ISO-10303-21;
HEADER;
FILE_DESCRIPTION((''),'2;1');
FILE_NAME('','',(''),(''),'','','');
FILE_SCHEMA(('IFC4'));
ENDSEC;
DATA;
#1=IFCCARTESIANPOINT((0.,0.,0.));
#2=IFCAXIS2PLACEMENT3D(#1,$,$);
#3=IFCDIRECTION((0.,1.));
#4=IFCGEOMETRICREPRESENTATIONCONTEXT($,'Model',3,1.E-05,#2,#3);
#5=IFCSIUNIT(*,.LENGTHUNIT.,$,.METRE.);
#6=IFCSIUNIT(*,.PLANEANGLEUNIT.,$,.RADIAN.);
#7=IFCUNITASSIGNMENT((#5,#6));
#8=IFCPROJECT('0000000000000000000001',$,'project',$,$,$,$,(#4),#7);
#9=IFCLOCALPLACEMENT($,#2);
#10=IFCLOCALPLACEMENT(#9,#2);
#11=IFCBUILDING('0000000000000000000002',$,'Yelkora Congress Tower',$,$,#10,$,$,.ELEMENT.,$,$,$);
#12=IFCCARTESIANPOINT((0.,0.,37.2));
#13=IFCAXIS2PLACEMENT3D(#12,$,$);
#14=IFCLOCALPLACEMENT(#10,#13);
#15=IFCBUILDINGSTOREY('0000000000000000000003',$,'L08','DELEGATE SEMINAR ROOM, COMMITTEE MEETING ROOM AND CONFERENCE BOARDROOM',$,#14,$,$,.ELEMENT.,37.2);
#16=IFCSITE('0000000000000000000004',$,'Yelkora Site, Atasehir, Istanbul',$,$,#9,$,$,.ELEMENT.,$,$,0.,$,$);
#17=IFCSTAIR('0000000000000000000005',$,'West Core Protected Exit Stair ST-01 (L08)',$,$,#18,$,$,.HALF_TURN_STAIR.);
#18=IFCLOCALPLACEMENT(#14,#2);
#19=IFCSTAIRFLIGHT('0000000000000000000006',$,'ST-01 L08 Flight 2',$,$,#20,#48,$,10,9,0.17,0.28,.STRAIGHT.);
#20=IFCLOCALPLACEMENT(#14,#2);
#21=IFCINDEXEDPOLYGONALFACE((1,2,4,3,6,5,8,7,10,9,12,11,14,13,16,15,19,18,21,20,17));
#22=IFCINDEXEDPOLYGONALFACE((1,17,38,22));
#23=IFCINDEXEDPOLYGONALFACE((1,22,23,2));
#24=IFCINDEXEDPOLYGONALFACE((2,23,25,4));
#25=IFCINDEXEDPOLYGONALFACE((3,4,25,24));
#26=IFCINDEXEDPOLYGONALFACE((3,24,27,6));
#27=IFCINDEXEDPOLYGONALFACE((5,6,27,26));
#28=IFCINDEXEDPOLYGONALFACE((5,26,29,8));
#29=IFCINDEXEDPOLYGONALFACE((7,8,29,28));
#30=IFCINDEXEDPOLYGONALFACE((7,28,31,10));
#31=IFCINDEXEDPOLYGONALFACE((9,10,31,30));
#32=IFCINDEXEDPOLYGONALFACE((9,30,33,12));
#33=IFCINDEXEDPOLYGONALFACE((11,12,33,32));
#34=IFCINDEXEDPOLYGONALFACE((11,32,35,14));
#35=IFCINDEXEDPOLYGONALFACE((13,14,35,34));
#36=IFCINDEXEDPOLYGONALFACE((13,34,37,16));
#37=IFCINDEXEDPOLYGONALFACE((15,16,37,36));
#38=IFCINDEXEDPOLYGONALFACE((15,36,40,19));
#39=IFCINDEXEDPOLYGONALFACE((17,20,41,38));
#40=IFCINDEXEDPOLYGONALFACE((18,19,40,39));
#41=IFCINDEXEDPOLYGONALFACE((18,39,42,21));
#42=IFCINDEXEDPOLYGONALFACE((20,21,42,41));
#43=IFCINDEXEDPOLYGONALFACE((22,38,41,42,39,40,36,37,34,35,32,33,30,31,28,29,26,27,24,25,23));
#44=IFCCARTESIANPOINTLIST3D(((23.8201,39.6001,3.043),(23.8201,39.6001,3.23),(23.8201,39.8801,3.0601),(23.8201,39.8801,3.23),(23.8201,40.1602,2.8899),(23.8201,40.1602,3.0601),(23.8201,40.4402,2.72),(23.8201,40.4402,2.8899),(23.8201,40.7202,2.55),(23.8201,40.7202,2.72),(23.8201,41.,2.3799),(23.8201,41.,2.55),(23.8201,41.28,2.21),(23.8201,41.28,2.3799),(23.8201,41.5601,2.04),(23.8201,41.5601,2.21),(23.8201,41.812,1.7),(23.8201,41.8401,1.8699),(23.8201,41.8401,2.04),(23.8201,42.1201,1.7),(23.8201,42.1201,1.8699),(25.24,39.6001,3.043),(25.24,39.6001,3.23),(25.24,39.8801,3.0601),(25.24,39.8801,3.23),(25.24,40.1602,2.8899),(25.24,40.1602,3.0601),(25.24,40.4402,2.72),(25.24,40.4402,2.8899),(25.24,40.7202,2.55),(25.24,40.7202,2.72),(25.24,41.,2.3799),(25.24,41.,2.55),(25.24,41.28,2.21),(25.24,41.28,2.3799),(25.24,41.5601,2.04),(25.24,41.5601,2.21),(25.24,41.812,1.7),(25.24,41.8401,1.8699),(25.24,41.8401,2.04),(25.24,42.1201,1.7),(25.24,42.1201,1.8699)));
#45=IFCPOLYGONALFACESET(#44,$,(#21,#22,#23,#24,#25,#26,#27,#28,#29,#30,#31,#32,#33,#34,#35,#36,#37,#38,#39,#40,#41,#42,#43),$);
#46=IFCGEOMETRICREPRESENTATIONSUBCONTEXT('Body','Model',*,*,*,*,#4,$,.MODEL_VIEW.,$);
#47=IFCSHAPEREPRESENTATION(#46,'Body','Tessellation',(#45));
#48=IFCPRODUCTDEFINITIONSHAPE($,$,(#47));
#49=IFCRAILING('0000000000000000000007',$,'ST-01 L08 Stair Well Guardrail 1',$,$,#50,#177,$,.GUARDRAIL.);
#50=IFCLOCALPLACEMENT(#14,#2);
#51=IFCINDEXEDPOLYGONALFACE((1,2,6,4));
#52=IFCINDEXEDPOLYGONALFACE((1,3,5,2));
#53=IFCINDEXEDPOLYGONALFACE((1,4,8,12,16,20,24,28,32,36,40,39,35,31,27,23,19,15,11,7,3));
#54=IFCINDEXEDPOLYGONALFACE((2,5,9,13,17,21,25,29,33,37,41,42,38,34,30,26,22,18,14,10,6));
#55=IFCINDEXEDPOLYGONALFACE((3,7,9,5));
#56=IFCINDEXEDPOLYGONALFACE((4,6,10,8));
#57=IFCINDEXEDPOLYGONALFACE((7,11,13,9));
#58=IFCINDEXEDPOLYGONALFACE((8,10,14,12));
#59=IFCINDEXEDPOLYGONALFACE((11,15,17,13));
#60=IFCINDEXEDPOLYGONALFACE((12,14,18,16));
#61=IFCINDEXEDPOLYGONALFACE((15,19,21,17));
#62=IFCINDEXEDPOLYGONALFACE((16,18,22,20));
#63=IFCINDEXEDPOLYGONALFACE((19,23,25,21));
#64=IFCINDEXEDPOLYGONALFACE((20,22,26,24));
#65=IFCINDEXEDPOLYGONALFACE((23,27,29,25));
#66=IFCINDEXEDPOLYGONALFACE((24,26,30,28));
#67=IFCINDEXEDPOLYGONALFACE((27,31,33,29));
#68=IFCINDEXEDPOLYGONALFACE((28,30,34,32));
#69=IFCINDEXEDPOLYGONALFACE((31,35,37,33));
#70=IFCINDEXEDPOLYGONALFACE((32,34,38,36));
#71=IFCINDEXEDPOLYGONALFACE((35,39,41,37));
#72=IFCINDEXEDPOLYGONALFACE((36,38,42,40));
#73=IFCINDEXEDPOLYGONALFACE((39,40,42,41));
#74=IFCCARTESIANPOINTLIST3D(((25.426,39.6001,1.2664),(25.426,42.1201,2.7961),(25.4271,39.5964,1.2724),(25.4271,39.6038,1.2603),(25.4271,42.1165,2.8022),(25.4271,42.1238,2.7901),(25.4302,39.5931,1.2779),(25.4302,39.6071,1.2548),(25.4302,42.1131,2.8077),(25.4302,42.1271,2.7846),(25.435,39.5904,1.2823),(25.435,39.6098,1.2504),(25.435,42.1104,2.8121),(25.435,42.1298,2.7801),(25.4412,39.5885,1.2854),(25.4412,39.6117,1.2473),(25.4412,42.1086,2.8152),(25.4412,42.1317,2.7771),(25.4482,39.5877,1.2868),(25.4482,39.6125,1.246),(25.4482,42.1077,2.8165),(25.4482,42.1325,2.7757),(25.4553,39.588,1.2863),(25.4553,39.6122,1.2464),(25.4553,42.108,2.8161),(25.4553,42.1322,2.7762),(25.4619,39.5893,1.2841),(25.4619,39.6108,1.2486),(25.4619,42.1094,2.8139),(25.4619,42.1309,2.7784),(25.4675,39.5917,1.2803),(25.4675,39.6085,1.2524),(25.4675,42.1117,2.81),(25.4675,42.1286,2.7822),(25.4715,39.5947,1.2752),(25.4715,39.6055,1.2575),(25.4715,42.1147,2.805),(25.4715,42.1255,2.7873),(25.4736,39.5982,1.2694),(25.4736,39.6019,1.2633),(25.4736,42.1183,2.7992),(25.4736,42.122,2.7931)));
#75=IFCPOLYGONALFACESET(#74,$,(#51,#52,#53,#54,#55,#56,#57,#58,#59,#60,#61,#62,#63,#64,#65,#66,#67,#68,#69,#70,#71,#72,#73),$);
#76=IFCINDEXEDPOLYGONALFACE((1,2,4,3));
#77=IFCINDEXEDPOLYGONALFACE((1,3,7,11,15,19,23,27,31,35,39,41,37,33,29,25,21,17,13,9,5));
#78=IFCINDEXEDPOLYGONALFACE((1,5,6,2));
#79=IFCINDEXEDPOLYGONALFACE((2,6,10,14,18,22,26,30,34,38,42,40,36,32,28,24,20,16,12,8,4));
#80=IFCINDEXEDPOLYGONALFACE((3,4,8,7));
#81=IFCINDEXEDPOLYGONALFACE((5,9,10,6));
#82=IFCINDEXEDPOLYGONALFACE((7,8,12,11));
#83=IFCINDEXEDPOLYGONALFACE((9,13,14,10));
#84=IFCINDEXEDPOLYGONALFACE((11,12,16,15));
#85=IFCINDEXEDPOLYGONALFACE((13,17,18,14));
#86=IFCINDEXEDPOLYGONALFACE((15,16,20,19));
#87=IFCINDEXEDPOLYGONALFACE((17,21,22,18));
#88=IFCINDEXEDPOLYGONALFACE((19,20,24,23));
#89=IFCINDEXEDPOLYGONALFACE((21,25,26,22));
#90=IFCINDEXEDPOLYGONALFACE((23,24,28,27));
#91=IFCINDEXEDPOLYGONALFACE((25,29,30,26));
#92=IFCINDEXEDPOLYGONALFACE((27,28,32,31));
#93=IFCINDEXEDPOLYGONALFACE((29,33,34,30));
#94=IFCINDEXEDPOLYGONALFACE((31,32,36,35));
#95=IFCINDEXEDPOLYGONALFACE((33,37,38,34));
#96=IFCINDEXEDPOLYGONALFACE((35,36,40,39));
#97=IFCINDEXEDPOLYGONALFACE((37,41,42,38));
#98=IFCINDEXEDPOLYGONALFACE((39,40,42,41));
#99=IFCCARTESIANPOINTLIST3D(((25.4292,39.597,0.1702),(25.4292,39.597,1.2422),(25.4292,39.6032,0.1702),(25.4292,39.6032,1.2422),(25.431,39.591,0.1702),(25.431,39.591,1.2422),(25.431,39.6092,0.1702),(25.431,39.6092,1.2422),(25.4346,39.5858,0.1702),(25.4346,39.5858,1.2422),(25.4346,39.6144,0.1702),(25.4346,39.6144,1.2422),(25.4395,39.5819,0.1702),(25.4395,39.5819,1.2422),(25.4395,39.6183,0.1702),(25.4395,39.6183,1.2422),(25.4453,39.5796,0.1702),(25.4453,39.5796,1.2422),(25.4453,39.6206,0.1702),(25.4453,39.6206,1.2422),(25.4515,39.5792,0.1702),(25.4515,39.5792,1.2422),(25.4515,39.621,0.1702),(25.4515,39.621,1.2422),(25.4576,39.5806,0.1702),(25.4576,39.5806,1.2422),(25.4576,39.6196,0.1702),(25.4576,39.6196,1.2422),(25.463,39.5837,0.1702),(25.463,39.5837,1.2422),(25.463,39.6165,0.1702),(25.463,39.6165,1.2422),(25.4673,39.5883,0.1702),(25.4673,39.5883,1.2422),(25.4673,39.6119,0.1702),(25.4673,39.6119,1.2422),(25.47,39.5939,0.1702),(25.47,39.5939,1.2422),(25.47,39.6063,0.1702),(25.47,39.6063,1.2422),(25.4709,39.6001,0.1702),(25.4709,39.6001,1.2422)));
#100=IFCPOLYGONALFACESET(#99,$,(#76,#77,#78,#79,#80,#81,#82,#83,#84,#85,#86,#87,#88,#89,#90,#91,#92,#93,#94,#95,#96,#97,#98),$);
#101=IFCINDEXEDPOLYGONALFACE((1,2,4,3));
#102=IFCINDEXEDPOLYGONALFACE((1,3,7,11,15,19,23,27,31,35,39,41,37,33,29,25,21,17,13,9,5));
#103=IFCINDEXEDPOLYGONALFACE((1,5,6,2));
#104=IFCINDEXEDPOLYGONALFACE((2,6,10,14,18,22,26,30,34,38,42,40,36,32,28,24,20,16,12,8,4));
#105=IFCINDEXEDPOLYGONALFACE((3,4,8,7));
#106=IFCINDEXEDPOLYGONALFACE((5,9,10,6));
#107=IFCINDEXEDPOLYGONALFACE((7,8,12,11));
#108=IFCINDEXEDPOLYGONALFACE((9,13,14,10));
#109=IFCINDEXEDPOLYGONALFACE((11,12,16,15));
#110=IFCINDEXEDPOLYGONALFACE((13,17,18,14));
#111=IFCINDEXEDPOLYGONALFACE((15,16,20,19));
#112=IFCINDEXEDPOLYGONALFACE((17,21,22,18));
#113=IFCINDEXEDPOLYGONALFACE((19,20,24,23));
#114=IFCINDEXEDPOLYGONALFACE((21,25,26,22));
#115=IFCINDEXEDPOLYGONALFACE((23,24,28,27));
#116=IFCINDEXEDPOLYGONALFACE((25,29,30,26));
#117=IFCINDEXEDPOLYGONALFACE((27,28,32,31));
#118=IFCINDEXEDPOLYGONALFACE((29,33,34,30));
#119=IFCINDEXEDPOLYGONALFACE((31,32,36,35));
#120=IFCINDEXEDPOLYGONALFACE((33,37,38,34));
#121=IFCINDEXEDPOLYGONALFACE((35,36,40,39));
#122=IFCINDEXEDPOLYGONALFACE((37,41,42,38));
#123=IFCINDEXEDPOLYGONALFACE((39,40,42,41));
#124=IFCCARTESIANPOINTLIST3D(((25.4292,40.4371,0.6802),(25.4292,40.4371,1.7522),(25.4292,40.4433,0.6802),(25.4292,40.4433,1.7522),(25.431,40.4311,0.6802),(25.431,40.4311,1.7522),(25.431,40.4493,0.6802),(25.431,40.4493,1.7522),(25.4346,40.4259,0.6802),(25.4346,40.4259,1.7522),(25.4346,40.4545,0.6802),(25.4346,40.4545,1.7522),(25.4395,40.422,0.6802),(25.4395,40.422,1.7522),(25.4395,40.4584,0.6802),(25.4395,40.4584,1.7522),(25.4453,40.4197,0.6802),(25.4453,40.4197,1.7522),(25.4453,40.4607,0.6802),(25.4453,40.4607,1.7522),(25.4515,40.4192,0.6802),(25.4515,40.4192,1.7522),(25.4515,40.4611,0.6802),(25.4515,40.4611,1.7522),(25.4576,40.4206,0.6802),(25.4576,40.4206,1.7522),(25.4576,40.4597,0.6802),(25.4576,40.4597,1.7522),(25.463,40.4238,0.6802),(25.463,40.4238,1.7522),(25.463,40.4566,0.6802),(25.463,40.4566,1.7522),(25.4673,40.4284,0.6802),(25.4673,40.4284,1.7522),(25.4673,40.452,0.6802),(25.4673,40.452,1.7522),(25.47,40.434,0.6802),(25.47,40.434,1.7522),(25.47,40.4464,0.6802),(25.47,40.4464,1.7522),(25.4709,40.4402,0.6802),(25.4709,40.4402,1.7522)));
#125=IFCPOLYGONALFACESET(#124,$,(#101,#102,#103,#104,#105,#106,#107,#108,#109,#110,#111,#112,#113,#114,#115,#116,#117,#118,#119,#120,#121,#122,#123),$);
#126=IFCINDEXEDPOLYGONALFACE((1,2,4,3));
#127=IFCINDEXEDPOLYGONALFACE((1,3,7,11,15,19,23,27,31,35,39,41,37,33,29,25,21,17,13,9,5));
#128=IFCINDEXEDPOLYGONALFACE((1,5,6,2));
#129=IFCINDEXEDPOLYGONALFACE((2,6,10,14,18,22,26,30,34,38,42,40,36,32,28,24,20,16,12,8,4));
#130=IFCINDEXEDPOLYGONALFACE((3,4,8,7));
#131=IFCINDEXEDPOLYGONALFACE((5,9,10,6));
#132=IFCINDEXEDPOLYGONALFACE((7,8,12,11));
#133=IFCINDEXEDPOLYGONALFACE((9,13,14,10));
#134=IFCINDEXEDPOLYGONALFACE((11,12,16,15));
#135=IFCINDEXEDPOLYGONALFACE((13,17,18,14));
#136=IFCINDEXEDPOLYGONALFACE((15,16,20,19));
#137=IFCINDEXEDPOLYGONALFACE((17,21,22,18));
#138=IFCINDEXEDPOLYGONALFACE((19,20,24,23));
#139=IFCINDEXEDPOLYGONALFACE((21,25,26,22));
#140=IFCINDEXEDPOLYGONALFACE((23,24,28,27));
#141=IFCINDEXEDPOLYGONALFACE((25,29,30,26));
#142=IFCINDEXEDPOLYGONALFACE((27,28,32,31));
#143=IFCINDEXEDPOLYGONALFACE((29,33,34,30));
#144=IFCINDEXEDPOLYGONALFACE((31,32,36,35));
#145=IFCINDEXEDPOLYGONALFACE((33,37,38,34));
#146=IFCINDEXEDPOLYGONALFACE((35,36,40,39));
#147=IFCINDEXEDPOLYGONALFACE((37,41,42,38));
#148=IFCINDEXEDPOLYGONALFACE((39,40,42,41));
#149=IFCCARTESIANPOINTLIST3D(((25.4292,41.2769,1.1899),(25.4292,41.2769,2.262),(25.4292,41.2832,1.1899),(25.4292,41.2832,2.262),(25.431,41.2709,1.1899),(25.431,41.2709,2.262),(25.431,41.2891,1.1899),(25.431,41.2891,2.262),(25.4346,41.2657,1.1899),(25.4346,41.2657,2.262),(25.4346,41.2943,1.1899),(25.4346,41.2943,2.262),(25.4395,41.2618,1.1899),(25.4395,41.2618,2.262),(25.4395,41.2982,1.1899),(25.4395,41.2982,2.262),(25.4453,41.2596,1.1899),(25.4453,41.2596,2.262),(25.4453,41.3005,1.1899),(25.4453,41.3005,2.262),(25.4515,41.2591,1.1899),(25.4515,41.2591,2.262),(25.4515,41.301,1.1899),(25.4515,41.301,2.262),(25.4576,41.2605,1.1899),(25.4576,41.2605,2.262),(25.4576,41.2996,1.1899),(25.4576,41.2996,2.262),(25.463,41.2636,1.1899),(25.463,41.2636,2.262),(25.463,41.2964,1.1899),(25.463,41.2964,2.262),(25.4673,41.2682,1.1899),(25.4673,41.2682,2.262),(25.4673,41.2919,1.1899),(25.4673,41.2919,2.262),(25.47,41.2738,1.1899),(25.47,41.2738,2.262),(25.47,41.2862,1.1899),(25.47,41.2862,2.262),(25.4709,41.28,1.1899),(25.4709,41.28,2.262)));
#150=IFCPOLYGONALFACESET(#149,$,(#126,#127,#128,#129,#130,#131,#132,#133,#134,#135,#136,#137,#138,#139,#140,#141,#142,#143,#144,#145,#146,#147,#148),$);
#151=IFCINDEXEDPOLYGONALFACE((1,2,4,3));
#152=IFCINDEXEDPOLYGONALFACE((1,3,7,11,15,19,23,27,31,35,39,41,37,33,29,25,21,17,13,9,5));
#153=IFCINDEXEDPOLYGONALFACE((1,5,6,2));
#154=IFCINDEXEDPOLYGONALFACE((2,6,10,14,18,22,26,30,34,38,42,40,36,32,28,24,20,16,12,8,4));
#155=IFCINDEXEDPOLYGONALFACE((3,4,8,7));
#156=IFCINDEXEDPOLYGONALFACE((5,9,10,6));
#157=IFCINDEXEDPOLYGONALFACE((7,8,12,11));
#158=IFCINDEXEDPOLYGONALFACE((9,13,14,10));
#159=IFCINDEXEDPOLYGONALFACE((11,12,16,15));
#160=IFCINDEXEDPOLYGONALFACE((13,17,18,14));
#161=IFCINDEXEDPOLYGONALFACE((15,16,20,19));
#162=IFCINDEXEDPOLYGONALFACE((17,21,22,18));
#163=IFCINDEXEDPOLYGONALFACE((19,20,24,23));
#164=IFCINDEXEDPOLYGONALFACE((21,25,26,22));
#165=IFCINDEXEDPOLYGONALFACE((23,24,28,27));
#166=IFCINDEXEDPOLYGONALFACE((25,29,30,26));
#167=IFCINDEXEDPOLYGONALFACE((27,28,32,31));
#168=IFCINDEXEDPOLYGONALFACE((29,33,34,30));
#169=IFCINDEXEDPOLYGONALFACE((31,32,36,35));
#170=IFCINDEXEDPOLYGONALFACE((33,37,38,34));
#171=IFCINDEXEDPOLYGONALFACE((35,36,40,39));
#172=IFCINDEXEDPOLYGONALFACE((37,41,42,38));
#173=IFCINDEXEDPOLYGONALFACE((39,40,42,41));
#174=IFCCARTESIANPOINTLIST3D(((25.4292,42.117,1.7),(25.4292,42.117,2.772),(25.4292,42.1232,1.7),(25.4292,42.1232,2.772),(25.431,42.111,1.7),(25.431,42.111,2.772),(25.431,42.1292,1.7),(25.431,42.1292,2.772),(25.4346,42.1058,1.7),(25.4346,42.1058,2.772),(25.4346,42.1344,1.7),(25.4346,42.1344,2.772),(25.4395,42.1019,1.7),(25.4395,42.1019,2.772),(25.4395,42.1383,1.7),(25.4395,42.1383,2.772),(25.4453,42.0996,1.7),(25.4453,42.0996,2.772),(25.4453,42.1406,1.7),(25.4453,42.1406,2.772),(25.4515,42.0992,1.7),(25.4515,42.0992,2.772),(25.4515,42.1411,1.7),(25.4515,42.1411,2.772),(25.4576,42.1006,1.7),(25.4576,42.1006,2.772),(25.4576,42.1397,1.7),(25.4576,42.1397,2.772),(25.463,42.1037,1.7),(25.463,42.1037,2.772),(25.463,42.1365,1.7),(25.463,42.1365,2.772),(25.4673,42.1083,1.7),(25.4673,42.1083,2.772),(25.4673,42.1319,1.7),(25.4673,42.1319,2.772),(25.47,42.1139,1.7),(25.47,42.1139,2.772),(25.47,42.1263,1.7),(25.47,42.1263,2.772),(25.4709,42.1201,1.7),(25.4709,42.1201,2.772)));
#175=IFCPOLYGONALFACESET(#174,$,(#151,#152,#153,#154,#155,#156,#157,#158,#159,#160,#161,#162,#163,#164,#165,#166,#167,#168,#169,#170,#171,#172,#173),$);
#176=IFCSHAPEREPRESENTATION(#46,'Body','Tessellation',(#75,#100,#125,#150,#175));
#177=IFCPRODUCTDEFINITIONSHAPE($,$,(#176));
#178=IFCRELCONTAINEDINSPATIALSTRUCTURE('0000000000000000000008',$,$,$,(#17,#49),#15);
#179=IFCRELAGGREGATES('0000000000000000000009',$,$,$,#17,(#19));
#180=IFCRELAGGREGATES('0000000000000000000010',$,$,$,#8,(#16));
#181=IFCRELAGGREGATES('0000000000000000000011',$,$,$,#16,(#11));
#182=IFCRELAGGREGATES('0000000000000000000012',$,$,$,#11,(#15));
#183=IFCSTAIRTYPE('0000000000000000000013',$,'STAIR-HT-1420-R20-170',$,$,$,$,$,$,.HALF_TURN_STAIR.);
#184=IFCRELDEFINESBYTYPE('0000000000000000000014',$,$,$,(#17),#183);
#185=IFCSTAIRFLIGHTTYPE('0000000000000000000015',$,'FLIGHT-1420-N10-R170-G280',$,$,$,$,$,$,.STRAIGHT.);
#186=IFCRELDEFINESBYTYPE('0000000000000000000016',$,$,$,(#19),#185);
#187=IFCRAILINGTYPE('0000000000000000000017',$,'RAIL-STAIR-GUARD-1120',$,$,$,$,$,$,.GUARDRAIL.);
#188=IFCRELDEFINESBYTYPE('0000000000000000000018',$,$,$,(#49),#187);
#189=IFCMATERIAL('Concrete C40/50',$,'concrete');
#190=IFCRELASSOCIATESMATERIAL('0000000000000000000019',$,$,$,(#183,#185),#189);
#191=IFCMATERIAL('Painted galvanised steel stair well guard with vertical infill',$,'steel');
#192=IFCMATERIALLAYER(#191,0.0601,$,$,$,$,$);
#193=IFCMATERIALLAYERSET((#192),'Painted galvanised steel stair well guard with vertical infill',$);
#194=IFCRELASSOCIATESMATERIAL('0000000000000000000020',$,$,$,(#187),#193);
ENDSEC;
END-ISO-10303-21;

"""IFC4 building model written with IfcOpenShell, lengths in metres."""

from ifc_helpers import new_model, si_unit, direction, frame, origin, origin_2d, place, context, subcontext, project, spatial, polyline, circle, outline, extrude, material, layer, layer_set, type_object, element, aggregate, save


model = new_model("IFC4")

# Units and contexts
model_context = context("Model", 3, precision=1e-05, world=origin(), true_north=direction((0.0, 1.0)))
body_context = subcontext(model_context, "Body", "Model", "MODEL_VIEW")
ifc_project = project(units=[si_unit("LENGTHUNIT", "METRE"), si_unit("PLANEANGLEUNIT", "RADIAN")], contexts=[model_context])

# Site, building, storey
site_placement = place(None, origin())
site = spatial("IfcSite", under=ifc_project, at=site_placement, Name="Yelkora Site, Atasehir, Istanbul", CompositionType="ELEMENT", RefElevation=0.0)
building_placement = place(site_placement, origin())
building = spatial("IfcBuilding", under=site, at=building_placement, Name="Yelkora Congress Tower", CompositionType="ELEMENT")
storey_placement = place(building_placement, frame((0.0, 0.0, 37.2)))
storey = spatial("IfcBuildingStorey", under=building, at=storey_placement, Name="L08", Description="DELEGATE SEMINAR ROOM, COMMITTEE MEETING ROOM AND CONFERENCE BOARDROOM", CompositionType="ELEMENT", Elevation=37.2)

# Stair, stair flight
ifc_material_1 = material(Name="Concrete C40/50", Category="concrete")
stair_type = type_object("IfcStairType", Name="STAIR-HT-1420-R20-170", PredefinedType="HALF_TURN_STAIR", material=ifc_material_1)
stair_placement = place(storey_placement, origin())
stair = element("IfcStair", 1, at=stair_placement, inside=storey, type_object=stair_type, Name="West Core Protected Exit Stair ST-01 (L08)", PredefinedType="HALF_TURN_STAIR")
stair_flight_type = type_object("IfcStairFlightType", Name="FLIGHT-1420-N10-R170-G280", PredefinedType="STRAIGHT", material=ifc_material_1)
stair_flight_1_placement = place(storey_placement, frame((24.53, 42.1201, 1.7), z_axis=(0.0, 0.0, 1.0), x_axis=(0.0, -1.0, 0.0)))
stair_flight_1 = element("IfcStairFlight", 2, at=stair_flight_1_placement, type_object=stair_flight_type, Name="ST-01 L08 Flight 2", NumberOfRisers=10, NumberOfTreads=9, PredefinedType="STRAIGHT", RiserHeight=0.17, TreadLength=0.28, context=body_context, shape_type="SweptSolid", body=[
    extrude(outline(polyline([(0.0, 0.0), (0.0, 0.1699), (0.28, 0.1699), (0.28, 0.3401), (0.5601, 0.3401), (0.5601, 0.51), (0.8401, 0.51), (0.8401, 0.6799), (1.1201, 0.6799), (1.1201, 0.8501), (1.3999, 0.8501), (1.3999, 1.02), (1.6799, 1.02), (1.6799, 1.1899), (1.96, 1.1899), (1.96, 1.3601), (2.24, 1.3601), (2.24, 1.53), (2.52, 1.53), (2.52, 1.7), (2.52, 1.343), (0.3081, 0.0), (0.0, 0.0)])), frame((0.0, 0.71, 0.0), z_axis=(0.0, -1.0, 0.0), x_axis=(1.0, 0.0, 0.0)), (0.0, 0.0, 1.0), 1.4199),
])
aggregate(stair, [stair_flight_1])

# Railing
ifc_material_2 = material(Name="Painted galvanised steel stair well guard with vertical infill", Category="steel")
ifc_layer_1 = layer(ifc_material_2, 0.0601)
ifc_layer_set_1 = layer_set([ifc_layer_1], Name="Painted galvanised steel stair well guard with vertical infill")
railing_type_1 = type_object("IfcRailingType", Name="RAIL-STAIR-GUARD-1120", PredefinedType="GUARDRAIL", material=ifc_layer_set_1)
railing_1_placement = place(storey_placement, frame((25.45, 39.6001, 0.1702)))
element("IfcRailing", 3, at=railing_1_placement, inside=storey, type_object=railing_type_1, Name="ST-01 L08 Stair Well Guardrail 1", PredefinedType="GUARDRAIL", context=body_context, shape_type="SweptSolid", body=[
    extrude(circle(Radius=0.0239, at=origin_2d()), frame((0.0, 0.0, 1.0962), z_axis=(0.0, 0.854822, 0.518922), x_axis=(-1.0, 0.0, 0.0)), (0.0, 0.0, 1.0), 2.948),
    extrude(circle(Radius=0.021, at=origin_2d()), origin(), (0.0, 0.0, 1.0), 1.072),
    extrude(circle(Radius=0.021, at=origin_2d()), frame((0.0, 0.8401, 0.51)), (0.0, 0.0, 1.0), 1.072),
    extrude(circle(Radius=0.021, at=origin_2d()), frame((0.0, 1.6799, 1.0198)), (0.0, 0.0, 1.0), 1.072),
    extrude(circle(Radius=0.021, at=origin_2d()), frame((0.0, 2.52, 1.5298)), (0.0, 0.0, 1.0), 1.072),
])

save(model, "model.ifc")
